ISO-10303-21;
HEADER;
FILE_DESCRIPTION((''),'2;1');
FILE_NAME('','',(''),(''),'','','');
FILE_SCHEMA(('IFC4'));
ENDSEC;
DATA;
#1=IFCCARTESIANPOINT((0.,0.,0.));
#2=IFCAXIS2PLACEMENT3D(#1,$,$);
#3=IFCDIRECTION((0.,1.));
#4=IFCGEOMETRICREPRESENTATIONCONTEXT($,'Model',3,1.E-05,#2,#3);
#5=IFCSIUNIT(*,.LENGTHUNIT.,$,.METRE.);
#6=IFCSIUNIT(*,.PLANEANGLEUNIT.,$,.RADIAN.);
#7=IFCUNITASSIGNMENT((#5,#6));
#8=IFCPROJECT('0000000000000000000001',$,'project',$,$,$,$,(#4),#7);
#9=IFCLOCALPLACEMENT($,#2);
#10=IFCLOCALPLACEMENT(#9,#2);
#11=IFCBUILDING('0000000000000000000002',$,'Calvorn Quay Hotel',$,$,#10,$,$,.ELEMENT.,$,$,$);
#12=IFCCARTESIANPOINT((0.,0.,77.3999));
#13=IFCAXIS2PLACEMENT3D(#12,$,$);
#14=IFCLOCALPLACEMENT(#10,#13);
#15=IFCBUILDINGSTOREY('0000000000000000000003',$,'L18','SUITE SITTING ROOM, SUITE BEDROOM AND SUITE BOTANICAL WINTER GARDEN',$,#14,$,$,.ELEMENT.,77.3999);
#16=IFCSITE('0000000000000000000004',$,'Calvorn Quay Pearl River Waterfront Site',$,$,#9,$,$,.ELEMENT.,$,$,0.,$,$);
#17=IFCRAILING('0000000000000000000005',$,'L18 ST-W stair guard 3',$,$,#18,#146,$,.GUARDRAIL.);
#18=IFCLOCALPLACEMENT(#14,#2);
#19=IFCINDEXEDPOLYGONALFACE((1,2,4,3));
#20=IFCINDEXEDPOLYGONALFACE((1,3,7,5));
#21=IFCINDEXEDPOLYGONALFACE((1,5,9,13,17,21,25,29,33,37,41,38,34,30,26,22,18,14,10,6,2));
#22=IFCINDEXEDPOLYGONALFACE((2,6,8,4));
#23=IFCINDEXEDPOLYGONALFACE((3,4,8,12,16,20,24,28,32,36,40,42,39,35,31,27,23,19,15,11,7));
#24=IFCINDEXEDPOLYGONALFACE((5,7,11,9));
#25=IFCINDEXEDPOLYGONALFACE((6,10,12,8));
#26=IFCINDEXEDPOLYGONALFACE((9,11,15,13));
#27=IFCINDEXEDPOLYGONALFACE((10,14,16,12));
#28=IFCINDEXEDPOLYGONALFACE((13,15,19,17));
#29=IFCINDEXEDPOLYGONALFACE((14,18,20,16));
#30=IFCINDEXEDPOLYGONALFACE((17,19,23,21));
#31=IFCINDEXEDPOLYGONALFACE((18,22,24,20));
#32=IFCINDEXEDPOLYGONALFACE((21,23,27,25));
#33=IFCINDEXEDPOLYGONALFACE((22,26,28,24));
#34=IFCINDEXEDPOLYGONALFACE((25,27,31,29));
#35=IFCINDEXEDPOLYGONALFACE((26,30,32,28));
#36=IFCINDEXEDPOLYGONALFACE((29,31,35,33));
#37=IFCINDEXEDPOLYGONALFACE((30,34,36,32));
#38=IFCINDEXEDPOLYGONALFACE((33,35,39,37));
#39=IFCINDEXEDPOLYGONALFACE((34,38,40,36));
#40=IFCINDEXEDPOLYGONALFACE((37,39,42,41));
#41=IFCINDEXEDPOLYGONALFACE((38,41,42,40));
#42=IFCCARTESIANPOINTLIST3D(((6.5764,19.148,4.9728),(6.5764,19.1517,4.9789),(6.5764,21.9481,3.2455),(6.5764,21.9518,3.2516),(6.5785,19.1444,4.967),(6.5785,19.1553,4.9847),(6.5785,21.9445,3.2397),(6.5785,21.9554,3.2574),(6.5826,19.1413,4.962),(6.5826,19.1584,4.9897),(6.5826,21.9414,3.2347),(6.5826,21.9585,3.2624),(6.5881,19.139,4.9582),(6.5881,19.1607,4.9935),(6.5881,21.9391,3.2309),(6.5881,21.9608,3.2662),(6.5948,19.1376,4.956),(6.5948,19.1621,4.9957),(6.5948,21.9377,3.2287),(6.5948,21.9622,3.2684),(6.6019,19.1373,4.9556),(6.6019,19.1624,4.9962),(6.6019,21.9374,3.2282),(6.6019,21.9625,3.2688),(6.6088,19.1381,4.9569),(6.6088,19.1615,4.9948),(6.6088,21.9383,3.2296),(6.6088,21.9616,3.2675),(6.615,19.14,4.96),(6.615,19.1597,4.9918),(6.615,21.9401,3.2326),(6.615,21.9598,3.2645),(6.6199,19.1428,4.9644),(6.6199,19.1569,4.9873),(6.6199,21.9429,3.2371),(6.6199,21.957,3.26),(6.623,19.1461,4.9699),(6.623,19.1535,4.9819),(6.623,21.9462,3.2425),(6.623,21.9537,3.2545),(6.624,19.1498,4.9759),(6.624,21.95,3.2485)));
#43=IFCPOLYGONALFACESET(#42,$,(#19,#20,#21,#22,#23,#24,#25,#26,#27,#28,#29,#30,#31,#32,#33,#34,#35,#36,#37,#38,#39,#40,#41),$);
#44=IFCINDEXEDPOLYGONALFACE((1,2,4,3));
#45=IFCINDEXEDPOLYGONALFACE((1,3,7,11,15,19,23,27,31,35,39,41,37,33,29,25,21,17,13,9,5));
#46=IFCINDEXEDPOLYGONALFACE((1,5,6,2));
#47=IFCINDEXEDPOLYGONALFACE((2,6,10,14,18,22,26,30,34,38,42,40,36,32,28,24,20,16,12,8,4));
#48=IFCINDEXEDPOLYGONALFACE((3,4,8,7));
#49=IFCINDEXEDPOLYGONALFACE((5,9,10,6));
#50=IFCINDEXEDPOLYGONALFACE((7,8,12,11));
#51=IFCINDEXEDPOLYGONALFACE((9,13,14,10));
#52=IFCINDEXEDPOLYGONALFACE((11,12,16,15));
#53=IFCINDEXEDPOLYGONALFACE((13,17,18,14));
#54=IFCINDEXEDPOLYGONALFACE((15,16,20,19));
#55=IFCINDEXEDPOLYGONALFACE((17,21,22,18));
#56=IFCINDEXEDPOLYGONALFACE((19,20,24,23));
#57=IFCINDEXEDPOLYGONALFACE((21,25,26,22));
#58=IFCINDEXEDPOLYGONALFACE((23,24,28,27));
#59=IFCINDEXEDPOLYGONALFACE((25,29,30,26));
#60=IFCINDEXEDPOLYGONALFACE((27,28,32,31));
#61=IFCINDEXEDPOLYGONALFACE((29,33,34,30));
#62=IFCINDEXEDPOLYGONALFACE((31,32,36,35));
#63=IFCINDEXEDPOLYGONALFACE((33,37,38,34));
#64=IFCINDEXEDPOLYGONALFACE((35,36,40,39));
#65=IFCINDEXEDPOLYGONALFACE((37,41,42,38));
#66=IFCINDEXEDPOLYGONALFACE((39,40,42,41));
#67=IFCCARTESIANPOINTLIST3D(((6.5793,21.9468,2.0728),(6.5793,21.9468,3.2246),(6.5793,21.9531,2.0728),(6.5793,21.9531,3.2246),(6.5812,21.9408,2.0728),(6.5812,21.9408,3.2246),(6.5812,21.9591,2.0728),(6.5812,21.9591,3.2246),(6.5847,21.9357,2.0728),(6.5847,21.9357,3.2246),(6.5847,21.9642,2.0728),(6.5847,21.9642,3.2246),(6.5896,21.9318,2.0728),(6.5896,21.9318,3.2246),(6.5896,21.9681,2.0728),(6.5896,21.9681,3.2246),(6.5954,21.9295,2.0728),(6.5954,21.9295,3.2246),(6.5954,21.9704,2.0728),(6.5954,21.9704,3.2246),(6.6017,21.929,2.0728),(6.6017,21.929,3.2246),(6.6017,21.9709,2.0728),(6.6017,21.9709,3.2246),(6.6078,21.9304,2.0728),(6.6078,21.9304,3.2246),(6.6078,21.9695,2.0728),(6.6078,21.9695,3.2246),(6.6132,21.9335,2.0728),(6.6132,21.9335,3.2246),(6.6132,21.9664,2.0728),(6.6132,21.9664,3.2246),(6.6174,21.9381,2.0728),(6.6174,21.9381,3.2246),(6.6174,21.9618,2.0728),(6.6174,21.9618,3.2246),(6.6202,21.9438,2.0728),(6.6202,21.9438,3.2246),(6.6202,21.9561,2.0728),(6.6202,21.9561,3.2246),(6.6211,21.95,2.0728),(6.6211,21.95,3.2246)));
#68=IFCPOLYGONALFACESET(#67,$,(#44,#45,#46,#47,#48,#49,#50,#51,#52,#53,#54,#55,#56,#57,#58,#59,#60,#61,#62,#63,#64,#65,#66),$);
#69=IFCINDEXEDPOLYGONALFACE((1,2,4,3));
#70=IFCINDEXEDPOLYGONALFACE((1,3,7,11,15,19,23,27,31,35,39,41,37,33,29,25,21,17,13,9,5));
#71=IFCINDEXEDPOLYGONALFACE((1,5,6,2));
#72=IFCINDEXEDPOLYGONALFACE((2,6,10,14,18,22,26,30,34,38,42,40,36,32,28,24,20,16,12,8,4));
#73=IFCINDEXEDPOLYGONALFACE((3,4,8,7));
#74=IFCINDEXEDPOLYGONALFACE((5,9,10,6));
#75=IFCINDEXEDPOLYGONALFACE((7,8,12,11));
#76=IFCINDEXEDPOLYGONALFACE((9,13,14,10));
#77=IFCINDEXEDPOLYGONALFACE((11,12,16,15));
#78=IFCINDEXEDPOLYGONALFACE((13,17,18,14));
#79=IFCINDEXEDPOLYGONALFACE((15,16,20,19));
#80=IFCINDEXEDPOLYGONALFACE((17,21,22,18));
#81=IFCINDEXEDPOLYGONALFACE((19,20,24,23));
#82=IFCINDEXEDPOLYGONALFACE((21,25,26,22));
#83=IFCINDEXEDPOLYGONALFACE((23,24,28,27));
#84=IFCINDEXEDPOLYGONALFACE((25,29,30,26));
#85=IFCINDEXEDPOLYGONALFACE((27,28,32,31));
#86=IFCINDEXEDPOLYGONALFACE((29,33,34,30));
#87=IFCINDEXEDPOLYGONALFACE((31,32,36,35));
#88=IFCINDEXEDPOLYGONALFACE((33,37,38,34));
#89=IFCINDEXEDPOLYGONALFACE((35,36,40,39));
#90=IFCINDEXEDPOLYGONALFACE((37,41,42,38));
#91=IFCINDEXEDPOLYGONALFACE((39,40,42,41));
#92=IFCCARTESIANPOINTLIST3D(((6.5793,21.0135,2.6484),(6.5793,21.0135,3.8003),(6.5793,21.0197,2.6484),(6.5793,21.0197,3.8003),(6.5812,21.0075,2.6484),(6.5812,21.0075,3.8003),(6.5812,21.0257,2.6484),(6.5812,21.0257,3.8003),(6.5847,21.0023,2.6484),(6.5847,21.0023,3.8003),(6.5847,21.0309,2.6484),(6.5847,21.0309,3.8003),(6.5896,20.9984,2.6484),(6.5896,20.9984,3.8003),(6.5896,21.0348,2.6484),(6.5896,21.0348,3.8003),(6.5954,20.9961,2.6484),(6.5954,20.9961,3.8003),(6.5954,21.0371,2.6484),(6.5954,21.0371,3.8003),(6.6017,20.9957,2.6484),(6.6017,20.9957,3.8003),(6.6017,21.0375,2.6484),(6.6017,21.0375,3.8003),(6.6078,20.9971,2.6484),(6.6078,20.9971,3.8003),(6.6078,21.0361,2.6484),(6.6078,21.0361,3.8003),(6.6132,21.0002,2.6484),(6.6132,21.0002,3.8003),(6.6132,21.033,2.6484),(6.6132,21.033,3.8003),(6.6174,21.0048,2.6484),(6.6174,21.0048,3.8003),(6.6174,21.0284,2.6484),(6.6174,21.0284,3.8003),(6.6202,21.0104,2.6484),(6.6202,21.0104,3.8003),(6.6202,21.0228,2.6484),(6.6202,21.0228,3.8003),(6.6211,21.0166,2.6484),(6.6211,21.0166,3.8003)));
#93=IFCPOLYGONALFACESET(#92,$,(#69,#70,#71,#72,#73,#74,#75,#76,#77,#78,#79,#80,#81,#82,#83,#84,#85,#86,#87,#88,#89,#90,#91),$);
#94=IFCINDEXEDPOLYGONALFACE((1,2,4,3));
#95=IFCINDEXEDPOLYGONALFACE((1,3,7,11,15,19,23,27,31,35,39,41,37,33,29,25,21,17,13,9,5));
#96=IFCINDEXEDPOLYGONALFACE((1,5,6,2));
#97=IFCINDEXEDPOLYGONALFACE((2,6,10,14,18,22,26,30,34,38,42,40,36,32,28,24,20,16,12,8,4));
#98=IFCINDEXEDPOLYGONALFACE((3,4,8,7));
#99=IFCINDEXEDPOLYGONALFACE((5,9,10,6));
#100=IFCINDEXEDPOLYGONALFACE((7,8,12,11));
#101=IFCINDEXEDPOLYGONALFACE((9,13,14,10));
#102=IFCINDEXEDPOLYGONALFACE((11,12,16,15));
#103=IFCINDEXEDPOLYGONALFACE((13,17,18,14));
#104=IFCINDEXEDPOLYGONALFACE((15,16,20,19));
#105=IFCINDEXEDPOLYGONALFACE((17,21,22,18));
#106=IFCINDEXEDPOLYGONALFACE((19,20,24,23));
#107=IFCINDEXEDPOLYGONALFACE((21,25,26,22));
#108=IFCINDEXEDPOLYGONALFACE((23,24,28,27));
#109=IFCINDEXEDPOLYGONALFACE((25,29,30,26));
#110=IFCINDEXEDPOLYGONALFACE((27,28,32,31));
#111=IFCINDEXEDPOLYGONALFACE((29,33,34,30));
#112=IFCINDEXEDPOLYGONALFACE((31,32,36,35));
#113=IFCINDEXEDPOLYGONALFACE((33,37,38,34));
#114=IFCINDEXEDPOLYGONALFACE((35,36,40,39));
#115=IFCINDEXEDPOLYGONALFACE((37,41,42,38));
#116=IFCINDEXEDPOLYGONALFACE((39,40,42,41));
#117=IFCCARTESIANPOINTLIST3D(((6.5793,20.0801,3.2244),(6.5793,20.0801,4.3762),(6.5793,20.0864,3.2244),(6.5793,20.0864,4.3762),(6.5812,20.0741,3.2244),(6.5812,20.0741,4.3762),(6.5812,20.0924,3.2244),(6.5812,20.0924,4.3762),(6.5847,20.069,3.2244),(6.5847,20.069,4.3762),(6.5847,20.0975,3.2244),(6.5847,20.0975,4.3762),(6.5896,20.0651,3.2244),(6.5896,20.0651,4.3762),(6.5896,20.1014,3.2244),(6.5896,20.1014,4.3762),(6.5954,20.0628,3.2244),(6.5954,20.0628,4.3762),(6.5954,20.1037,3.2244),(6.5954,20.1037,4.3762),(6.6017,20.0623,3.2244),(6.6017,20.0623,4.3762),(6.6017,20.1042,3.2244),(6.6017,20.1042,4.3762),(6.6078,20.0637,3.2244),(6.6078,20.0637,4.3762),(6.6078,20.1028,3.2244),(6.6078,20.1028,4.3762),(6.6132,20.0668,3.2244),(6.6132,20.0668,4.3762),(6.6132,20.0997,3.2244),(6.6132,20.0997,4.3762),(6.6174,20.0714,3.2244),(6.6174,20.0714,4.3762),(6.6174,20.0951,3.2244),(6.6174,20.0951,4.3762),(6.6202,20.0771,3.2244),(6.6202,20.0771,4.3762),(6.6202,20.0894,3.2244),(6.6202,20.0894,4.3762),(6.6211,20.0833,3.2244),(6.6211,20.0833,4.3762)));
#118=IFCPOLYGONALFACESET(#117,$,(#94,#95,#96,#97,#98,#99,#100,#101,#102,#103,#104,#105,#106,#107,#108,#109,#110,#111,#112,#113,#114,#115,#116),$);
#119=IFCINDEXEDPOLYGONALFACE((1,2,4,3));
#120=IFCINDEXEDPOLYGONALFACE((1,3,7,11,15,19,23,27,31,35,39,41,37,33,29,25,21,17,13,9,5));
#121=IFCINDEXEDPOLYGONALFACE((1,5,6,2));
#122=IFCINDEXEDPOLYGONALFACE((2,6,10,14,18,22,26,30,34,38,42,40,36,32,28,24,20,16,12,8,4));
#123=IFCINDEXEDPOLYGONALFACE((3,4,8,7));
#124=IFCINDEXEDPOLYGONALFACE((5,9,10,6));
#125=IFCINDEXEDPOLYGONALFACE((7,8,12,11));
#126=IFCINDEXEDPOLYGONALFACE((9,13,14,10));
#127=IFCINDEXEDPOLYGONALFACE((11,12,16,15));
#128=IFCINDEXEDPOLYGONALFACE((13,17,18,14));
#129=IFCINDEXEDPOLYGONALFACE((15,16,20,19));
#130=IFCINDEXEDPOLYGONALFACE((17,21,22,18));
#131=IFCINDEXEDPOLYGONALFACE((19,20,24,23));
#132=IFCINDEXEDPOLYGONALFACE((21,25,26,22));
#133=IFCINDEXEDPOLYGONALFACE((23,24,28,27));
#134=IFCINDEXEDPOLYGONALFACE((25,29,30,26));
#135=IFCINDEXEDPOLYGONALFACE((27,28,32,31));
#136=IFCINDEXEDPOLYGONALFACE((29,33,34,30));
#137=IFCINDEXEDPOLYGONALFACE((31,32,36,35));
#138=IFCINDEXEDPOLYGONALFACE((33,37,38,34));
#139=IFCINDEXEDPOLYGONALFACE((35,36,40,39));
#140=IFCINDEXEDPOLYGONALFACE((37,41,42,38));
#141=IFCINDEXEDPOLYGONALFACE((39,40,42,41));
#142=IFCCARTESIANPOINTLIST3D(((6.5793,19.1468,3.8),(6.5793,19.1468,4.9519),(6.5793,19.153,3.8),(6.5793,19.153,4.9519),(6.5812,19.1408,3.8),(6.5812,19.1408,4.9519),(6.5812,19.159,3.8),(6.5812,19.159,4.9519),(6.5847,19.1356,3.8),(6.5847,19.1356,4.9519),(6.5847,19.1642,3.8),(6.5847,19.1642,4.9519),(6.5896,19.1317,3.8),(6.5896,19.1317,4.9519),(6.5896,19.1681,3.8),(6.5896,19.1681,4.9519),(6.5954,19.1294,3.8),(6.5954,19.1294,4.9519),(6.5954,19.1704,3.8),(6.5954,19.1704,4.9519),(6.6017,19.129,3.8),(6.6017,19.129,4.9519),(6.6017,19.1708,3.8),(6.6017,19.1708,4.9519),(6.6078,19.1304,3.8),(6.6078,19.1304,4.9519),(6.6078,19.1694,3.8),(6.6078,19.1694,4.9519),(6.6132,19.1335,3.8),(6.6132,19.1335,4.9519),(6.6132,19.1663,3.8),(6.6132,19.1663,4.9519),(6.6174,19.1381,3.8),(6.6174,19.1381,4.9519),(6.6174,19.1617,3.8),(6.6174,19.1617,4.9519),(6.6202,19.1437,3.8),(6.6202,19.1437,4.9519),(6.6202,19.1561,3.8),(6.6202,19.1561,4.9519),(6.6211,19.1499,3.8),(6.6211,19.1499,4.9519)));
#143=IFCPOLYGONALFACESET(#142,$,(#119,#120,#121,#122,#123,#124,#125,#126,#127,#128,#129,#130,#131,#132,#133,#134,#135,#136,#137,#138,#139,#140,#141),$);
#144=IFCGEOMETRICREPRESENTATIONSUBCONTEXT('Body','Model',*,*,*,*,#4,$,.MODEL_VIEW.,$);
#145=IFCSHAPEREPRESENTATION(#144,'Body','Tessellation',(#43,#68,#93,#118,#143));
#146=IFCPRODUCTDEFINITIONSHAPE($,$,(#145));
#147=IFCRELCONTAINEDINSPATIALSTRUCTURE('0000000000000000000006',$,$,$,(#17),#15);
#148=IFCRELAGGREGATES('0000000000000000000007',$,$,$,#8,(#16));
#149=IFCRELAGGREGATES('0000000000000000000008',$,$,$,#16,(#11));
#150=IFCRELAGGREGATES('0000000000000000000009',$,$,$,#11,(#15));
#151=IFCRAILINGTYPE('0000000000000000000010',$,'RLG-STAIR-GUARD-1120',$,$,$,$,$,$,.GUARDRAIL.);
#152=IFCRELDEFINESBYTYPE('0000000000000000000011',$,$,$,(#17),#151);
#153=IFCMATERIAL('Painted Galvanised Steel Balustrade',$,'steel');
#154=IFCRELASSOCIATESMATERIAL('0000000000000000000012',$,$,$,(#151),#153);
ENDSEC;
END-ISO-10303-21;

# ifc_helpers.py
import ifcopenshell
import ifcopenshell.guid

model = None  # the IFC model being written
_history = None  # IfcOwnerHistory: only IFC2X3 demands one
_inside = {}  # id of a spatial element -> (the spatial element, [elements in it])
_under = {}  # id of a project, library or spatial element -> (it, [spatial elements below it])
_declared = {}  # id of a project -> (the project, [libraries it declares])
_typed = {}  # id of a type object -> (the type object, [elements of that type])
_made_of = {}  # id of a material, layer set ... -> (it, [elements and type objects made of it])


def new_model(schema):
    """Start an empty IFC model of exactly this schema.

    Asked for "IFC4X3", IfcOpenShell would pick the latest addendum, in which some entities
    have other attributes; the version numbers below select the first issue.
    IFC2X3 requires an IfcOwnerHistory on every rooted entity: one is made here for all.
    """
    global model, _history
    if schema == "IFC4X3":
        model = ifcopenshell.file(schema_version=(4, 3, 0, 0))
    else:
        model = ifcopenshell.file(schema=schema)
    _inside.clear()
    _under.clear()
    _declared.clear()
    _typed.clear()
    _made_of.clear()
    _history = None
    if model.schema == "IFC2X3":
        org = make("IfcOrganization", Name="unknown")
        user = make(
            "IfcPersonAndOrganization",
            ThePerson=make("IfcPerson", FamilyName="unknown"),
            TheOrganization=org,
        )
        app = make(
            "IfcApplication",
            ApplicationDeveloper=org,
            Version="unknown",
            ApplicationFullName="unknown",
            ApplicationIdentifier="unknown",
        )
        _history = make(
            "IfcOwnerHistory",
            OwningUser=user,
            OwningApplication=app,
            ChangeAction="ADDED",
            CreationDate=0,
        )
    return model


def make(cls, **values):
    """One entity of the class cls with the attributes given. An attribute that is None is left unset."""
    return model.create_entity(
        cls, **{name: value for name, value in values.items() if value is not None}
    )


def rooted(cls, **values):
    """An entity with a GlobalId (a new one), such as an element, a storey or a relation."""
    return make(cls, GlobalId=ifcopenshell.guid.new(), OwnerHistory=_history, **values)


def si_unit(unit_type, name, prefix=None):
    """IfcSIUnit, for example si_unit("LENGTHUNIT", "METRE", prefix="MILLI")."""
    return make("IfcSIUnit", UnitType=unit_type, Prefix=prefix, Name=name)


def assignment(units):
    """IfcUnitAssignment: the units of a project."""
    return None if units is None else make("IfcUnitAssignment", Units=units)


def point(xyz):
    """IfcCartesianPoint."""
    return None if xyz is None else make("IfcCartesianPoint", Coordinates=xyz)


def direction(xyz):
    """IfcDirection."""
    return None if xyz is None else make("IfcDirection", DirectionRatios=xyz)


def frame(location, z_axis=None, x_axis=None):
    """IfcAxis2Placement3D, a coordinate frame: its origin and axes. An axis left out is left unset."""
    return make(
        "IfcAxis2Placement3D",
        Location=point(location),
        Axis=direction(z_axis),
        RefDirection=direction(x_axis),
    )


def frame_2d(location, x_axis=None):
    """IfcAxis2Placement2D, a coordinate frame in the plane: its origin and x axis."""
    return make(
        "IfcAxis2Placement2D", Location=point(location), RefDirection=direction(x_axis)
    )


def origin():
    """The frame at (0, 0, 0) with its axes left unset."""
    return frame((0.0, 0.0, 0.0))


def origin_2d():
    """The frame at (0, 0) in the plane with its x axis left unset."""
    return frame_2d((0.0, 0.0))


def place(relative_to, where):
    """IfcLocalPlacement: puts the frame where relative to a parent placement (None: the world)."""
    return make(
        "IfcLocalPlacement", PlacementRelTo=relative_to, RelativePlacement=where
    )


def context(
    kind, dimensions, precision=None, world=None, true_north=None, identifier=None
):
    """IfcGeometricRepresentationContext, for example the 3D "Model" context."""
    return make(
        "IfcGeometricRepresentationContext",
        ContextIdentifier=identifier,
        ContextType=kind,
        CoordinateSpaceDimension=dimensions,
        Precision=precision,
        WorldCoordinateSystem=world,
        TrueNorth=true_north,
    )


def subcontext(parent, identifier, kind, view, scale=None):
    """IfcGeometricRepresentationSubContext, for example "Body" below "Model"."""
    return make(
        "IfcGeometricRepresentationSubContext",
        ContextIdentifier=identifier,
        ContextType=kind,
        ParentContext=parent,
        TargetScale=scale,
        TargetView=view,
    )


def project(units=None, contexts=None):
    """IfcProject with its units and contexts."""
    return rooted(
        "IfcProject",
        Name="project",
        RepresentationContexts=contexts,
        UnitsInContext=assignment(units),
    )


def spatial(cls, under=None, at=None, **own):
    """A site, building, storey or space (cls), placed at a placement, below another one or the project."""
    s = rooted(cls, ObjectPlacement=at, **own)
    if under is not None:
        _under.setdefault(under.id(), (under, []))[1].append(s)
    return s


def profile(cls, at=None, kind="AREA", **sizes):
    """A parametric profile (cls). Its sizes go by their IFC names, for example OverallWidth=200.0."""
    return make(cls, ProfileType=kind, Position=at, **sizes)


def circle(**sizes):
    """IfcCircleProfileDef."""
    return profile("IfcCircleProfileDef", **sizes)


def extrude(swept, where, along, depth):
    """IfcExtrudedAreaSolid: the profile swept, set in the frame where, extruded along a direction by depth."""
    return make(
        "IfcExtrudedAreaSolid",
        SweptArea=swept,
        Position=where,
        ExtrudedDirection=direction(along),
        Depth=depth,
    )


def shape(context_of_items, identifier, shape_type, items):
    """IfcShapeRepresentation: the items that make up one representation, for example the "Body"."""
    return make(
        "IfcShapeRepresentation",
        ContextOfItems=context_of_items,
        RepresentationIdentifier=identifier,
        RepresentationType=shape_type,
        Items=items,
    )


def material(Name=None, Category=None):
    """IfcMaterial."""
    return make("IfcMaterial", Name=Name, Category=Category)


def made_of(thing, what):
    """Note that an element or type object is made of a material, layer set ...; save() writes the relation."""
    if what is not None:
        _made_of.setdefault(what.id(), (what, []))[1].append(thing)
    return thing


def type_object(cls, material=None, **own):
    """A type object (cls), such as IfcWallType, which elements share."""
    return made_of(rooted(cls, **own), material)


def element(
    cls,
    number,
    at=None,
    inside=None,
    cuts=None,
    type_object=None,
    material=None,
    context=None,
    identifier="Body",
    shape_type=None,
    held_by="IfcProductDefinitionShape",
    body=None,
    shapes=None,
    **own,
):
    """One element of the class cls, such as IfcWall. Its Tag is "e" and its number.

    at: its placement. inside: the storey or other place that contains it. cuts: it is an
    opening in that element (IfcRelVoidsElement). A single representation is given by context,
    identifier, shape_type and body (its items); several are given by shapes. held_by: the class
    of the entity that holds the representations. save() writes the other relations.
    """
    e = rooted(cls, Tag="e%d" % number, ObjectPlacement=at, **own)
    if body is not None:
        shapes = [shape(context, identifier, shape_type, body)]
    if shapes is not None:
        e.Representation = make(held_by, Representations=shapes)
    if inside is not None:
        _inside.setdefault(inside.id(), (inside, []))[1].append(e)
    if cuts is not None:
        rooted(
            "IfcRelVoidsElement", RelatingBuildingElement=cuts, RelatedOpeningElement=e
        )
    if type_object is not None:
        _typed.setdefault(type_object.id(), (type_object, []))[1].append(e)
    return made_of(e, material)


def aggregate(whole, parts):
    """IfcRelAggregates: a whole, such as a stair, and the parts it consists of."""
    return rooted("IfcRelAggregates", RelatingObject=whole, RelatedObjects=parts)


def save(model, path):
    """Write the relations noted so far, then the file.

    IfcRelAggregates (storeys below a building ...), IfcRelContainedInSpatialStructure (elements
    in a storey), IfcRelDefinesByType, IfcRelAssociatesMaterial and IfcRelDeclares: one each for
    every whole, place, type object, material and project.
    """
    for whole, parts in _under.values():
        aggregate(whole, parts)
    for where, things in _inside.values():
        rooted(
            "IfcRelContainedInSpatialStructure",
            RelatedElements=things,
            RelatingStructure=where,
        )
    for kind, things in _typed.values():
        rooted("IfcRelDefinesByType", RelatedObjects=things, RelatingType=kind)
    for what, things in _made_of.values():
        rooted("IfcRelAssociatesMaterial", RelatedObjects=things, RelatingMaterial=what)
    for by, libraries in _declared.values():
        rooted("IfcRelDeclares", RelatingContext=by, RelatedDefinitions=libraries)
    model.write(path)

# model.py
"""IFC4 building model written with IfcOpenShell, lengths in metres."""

from ifc_helpers import new_model, si_unit, direction, frame, origin, origin_2d, place, context, subcontext, project, spatial, circle, extrude, material, type_object, element, save


model = new_model("IFC4")

# Units and contexts
model_context = context("Model", 3, precision=1e-05, world=origin(), true_north=direction((0.0, 1.0)))
body_context = subcontext(model_context, "Body", "Model", "MODEL_VIEW")
ifc_project = project(units=[si_unit("LENGTHUNIT", "METRE"), si_unit("PLANEANGLEUNIT", "RADIAN")], contexts=[model_context])

# Site, building, storey
site_placement = place(None, origin())
site = spatial("IfcSite", under=ifc_project, at=site_placement, Name="Calvorn Quay Pearl River Waterfront Site", CompositionType="ELEMENT", RefElevation=0.0)
building_placement = place(site_placement, origin())
building = spatial("IfcBuilding", under=site, at=building_placement, Name="Calvorn Quay Hotel", CompositionType="ELEMENT")
storey_placement = place(building_placement, frame((0.0, 0.0, 77.3999)))
storey = spatial("IfcBuildingStorey", under=building, at=storey_placement, Name="L18", Description="SUITE SITTING ROOM, SUITE BEDROOM AND SUITE BOTANICAL WINTER GARDEN", CompositionType="ELEMENT", Elevation=77.3999)

# Railing
ifc_material_1 = material(Name="Painted Galvanised Steel Balustrade", Category="steel")
railing_type_1 = type_object("IfcRailingType", Name="RLG-STAIR-GUARD-1120", PredefinedType="GUARDRAIL", material=ifc_material_1)
railing_1_placement = place(storey_placement, frame((6.6001, 21.95, 2.0728)))
element("IfcRailing", 1, at=railing_1_placement, inside=storey, type_object=railing_type_1, Name="L18 ST-W stair guard 3", PredefinedType="GUARDRAIL", context=body_context, shape_type="SweptSolid", body=[
    extrude(circle(Radius=0.0239, at=origin_2d()), frame((0.0, 0.0, 1.1758), z_axis=(0.0, -0.85109, 0.52502), x_axis=(1.0, 0.0, 0.0)), (0.0, 0.0, 1.0), 3.29),
    extrude(circle(Radius=0.021, at=origin_2d()), origin(), (0.0, 0.0, 1.0), 1.1519),
    extrude(circle(Radius=0.021, at=origin_2d()), frame((0.0, -0.9333, 0.5757)), (0.0, 0.0, 1.0), 1.1519),
    extrude(circle(Radius=0.021, at=origin_2d()), frame((0.0, -1.8667, 1.1516)), (0.0, 0.0, 1.0), 1.1519),
    extrude(circle(Radius=0.021, at=origin_2d()), frame((0.0, -2.8, 1.7273)), (0.0, 0.0, 1.0), 1.1519),
])

save(model, "model.ifc")
